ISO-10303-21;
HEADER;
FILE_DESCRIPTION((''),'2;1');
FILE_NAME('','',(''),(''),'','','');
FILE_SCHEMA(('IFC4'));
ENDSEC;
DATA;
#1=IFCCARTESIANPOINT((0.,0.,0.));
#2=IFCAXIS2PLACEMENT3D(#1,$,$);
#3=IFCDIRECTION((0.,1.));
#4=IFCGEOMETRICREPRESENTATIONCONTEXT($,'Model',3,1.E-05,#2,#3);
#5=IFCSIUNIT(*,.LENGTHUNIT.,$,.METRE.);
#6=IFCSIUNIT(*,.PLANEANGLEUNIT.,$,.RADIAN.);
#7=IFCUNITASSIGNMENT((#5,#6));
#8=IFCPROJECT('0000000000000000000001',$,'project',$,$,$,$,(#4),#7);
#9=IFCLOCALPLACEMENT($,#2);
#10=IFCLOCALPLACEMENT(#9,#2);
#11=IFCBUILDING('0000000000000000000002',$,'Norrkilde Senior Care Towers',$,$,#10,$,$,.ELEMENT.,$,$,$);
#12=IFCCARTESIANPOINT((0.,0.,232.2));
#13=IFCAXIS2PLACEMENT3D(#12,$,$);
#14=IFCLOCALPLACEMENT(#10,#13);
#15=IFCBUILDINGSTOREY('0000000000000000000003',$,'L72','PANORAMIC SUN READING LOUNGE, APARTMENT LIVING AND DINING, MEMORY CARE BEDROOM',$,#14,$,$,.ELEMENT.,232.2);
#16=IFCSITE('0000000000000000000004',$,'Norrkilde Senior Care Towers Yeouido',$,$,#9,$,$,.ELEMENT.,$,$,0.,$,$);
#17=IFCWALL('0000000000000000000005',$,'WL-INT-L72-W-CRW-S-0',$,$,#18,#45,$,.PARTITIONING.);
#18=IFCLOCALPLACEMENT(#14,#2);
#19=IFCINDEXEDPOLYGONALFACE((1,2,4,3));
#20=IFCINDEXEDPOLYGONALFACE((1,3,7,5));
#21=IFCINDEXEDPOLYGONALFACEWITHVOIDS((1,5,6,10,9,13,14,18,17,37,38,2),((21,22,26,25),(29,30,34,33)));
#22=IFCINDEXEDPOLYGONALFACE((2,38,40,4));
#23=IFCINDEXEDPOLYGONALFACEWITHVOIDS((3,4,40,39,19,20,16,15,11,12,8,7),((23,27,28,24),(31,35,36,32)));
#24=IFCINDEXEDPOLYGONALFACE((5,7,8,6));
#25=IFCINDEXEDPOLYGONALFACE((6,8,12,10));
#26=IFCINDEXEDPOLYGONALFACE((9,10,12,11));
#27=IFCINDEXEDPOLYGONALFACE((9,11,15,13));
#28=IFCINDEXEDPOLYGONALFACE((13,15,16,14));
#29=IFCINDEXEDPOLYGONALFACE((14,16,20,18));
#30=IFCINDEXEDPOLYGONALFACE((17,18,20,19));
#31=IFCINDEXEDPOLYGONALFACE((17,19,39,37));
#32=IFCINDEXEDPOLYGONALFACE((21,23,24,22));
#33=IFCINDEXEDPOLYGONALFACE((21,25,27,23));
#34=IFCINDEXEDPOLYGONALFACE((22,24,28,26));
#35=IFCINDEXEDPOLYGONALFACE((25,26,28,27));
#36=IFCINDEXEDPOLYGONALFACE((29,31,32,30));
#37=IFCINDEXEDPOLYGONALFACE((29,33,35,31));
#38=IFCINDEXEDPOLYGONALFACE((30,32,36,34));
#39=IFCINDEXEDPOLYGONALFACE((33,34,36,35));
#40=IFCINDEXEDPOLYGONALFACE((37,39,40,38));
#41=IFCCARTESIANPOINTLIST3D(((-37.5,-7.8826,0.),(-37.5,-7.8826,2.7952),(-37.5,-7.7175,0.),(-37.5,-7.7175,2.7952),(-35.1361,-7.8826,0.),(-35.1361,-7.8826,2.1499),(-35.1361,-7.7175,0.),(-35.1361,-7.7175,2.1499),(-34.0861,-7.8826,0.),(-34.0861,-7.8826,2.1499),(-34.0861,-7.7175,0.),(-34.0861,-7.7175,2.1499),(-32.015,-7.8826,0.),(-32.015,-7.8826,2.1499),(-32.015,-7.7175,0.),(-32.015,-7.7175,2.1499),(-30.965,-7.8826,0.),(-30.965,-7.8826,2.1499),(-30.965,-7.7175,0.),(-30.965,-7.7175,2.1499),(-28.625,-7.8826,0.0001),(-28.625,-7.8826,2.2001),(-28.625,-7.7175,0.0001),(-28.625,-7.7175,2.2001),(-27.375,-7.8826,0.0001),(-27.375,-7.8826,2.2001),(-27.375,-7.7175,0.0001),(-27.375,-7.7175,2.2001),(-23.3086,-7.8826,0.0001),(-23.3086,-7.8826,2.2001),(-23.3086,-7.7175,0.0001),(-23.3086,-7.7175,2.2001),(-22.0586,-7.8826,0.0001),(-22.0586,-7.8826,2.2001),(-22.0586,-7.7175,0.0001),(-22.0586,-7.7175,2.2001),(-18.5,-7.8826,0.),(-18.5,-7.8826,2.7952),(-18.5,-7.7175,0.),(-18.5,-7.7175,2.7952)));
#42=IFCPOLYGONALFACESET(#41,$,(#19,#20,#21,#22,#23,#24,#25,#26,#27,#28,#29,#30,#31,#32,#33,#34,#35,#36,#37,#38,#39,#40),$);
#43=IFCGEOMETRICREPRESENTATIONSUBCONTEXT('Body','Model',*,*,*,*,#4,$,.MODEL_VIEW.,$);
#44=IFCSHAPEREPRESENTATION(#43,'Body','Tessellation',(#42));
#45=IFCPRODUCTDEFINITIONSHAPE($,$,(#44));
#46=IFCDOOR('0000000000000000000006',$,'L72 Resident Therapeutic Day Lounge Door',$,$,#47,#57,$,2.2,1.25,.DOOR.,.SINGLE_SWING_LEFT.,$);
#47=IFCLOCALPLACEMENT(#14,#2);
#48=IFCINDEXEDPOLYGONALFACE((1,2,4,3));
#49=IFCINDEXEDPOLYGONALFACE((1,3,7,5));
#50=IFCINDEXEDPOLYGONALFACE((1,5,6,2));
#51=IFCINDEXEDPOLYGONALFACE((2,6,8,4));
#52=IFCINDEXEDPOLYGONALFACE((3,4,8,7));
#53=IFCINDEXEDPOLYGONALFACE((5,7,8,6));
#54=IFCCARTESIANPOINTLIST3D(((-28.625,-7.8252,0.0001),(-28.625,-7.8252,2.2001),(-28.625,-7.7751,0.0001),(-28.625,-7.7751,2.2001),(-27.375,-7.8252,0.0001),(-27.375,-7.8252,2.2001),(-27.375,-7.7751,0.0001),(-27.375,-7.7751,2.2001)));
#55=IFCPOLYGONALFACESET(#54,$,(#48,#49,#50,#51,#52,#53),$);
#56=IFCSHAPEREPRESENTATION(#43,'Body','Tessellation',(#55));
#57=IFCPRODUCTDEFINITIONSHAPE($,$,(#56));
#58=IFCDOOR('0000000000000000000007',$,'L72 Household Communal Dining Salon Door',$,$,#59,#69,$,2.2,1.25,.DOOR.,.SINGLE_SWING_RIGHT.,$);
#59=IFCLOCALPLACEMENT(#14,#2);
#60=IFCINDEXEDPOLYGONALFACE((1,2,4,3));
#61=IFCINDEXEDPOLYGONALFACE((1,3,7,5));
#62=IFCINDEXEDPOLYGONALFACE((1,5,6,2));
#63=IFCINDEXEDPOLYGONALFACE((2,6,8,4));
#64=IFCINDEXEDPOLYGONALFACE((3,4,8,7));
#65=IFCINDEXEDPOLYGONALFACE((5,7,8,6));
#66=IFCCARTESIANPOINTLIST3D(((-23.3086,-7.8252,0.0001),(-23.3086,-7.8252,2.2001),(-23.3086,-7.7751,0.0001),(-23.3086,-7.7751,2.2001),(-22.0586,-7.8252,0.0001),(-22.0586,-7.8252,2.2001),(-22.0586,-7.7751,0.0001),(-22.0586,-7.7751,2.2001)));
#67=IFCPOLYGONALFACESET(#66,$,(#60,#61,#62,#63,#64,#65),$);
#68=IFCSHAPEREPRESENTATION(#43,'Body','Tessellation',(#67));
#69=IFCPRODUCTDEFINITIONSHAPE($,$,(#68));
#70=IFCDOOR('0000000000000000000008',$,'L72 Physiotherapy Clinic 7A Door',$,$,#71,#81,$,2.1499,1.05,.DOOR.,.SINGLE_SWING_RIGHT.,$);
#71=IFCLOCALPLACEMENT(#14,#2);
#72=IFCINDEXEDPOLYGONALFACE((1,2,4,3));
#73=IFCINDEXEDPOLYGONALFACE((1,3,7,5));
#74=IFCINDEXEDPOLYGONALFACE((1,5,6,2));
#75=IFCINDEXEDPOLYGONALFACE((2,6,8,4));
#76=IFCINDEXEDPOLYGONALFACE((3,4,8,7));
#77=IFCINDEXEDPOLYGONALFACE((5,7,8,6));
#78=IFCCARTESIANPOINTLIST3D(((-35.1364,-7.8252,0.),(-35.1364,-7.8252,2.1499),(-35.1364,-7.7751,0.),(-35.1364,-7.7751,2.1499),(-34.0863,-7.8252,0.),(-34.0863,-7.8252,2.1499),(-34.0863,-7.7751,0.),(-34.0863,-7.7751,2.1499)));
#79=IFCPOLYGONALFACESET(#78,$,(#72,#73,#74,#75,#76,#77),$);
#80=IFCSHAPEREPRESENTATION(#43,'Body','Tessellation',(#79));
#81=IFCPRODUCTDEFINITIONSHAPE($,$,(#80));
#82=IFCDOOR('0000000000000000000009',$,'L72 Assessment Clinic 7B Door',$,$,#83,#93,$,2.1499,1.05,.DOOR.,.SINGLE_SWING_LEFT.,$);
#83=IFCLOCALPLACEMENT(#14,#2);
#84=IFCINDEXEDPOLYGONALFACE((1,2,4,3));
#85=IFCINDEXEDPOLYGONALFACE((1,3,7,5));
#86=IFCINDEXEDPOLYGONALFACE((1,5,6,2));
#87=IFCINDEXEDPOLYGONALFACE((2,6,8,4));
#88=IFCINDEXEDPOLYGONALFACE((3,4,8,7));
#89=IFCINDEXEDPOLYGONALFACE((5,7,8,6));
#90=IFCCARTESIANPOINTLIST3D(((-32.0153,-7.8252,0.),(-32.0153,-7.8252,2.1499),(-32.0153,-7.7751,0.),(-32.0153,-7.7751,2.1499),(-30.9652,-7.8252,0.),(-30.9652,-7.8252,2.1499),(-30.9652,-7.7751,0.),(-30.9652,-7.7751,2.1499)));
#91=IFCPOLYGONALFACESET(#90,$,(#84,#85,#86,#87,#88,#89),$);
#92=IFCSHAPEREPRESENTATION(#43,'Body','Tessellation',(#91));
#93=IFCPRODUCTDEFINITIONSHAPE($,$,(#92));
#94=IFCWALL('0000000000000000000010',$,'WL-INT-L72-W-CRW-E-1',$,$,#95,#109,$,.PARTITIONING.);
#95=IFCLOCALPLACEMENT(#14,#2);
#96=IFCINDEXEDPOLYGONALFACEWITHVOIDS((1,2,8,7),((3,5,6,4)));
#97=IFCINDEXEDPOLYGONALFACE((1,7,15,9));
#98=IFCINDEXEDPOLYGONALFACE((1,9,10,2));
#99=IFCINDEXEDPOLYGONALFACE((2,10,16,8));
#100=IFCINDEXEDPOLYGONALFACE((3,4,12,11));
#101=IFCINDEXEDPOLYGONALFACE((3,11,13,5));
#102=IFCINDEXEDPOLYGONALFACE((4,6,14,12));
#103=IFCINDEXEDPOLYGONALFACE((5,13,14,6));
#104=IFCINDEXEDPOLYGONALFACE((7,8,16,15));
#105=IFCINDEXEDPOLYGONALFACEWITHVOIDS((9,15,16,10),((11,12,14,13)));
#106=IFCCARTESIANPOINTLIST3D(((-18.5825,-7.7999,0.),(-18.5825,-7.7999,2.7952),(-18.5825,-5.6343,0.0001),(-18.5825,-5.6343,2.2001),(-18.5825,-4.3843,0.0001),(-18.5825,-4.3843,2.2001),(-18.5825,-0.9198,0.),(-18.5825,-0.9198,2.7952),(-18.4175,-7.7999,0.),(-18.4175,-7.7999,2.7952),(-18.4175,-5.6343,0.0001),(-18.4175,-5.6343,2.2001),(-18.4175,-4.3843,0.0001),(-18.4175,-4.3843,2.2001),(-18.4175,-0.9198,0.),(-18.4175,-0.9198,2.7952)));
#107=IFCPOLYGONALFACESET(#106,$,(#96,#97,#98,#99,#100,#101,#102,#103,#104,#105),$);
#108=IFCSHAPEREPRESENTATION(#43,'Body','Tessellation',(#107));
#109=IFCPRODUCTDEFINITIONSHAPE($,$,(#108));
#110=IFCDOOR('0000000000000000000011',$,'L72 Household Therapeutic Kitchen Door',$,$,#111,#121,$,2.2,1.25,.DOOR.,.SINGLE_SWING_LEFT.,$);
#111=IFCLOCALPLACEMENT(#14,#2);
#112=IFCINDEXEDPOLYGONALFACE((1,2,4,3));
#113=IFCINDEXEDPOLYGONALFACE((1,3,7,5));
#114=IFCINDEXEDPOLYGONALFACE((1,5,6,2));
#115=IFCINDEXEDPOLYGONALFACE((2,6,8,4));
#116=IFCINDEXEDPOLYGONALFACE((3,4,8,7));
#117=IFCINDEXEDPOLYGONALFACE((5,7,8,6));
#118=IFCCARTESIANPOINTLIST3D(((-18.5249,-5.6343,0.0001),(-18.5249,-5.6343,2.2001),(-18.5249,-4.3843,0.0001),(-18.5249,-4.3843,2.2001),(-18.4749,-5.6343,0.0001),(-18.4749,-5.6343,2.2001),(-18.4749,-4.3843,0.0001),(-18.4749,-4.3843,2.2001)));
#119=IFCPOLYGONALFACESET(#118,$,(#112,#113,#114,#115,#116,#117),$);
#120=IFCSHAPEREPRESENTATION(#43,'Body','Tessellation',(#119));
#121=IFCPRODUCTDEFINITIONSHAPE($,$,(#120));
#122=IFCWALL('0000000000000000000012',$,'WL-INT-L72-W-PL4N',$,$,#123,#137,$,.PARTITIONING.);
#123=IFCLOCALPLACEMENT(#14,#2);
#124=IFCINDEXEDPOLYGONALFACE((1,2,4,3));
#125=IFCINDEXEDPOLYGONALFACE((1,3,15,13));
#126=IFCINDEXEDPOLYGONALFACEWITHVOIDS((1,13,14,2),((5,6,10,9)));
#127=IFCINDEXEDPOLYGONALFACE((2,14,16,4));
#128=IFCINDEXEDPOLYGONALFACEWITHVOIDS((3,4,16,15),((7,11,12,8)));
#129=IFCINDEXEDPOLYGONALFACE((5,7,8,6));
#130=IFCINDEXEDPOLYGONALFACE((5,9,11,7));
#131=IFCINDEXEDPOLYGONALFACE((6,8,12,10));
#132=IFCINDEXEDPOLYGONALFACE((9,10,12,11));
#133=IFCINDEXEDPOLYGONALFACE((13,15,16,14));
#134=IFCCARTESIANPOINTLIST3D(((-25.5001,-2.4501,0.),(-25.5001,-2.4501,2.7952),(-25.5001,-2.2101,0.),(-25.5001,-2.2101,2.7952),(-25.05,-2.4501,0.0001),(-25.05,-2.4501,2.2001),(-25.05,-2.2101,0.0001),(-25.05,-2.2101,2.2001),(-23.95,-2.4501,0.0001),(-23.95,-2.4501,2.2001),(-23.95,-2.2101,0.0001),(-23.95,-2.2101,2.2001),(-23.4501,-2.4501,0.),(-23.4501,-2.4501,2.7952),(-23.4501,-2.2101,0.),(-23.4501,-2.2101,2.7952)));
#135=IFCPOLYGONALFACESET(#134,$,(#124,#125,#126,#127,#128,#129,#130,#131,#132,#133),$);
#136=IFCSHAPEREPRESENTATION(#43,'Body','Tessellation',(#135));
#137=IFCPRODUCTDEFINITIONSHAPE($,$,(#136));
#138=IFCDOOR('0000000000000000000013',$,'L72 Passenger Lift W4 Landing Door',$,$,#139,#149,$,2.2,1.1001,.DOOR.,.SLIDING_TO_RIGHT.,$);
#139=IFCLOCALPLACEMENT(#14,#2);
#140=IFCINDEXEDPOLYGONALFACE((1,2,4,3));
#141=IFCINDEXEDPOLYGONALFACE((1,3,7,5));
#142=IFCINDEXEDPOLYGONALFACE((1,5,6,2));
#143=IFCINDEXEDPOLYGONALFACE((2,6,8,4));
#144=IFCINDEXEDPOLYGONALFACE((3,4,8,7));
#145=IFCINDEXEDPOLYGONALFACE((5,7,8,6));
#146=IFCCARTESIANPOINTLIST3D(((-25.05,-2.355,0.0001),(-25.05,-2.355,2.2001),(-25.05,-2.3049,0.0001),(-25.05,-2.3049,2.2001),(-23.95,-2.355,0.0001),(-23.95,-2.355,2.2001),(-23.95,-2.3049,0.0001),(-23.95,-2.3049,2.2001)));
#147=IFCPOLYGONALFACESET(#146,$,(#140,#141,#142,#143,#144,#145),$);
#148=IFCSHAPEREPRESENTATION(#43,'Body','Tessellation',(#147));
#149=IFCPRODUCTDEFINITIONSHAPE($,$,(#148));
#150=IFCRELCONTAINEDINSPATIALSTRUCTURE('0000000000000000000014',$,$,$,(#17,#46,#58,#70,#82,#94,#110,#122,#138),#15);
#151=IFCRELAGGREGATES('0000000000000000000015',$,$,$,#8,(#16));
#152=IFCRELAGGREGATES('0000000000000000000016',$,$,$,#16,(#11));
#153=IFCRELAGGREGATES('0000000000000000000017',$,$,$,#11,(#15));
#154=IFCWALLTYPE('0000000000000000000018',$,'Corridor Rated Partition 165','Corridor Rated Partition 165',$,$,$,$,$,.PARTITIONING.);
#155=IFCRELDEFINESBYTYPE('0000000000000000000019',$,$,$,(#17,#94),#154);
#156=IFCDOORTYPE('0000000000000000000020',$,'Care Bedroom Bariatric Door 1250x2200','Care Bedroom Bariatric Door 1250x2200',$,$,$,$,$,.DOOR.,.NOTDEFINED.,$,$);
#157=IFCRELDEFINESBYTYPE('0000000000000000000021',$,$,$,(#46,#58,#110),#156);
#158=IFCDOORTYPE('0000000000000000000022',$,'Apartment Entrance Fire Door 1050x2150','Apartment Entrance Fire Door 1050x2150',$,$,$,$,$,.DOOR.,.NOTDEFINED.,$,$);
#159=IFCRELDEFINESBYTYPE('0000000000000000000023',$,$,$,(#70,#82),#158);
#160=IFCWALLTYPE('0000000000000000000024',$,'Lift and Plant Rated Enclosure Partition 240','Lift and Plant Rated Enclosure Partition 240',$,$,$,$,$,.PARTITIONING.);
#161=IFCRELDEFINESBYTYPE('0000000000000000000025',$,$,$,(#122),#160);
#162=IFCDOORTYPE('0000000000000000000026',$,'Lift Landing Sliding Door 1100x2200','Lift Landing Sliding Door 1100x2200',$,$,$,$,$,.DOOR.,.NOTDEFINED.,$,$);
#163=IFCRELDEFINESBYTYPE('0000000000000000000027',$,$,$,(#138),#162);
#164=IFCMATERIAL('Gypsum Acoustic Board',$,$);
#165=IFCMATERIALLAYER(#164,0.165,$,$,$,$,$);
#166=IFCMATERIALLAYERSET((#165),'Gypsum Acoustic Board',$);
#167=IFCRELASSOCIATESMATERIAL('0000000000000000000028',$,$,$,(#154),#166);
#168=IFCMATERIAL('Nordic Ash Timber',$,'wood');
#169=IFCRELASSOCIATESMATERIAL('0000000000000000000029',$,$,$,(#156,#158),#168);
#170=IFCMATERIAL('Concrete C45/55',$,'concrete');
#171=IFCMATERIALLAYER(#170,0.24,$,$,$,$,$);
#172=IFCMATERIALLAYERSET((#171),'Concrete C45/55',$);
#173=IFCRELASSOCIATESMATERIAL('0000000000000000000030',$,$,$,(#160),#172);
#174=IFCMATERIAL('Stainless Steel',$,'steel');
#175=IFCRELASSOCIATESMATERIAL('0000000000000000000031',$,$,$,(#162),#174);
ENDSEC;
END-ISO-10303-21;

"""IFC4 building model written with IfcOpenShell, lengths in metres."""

from ifc_helpers import new_model, si_unit, direction, frame, frame_2d, origin, place, context, subcontext, project, spatial, rectangle, extrude, source, transform, mapped, material, layer, layer_set, type_object, type_shapes, element, fill, save


model = new_model("IFC4")

# Units and contexts
model_context = context("Model", 3, precision=1e-05, world=origin(), true_north=direction((0.0, 1.0)))
body_context = subcontext(model_context, "Body", "Model", "MODEL_VIEW")
ifc_project = project(units=[si_unit("LENGTHUNIT", "METRE"), si_unit("PLANEANGLEUNIT", "RADIAN")], contexts=[model_context])

# Site, building, storey
site_placement = place(None, origin())
site = spatial("IfcSite", under=ifc_project, at=site_placement, Name="Norrkilde Senior Care Towers Yeouido", CompositionType="ELEMENT", RefElevation=0.0)
building_placement = place(site_placement, origin())
building = spatial("IfcBuilding", under=site, at=building_placement, Name="Norrkilde Senior Care Towers", CompositionType="ELEMENT")
storey_placement = place(building_placement, frame((0.0, 0.0, 232.2)))
storey = spatial("IfcBuildingStorey", under=building, at=storey_placement, Name="L72", Description="PANORAMIC SUN READING LOUNGE, APARTMENT LIVING AND DINING, MEMORY CARE BEDROOM", CompositionType="ELEMENT", Elevation=232.2)

# Shared definitions
ifc_material_1 = material(Name="Concrete C45/55", Category="concrete")

# Shared definitions
ifc_material_2 = material(Name="Gypsum Acoustic Board")
ifc_layer_1 = layer(ifc_material_2, 0.165)
ifc_layer_set_1 = layer_set([ifc_layer_1], Name="Gypsum Acoustic Board")
wall_type_1 = type_object("IfcWallType", Name="Corridor Rated Partition 165", Description="Corridor Rated Partition 165", PredefinedType="PARTITIONING", material=ifc_layer_set_1)

# Wall, openings, doors
shared_shape_1 = source(origin(), body_context, "Body", "SweptSolid", [
    extrude(rectangle(XDim=19.0, YDim=0.165, at=frame_2d((9.5, 0.0))), origin(), (0.0, 0.0, 1.0), 2.7952),
])
wall_1_placement = place(storey_placement, frame((-18.5, -7.8, 0.0), z_axis=(0.0, 0.0, 1.0), x_axis=(-1.0, 0.0, 0.0)))
wall_1 = element("IfcWall", 1, at=wall_1_placement, inside=storey, type_object=wall_type_1, Name="WL-INT-L72-W-CRW-S-0", PredefinedType="PARTITIONING", context=body_context, shape_type="MappedRepresentation", body=[
    mapped(shared_shape_1, transform((0.0, 0.0, 0.0), x_axis=(1.0, 0.0, 0.0), y_axis=(0.0, 1.0, 0.0), z_axis=(0.0, 0.0, 1.0), scale=1.0)),
])
opening_1_placement = place(wall_1_placement, frame((15.5862, 0.0, 0.0)))
opening_1 = element("IfcOpeningElement", 2, at=opening_1_placement, cuts=wall_1, PredefinedType="OPENING", context=body_context, shape_type="SweptSolid", body=[
    extrude(rectangle(XDim=1.05, YDim=2.1499, at=frame_2d((0.5249, 1.075))), frame((0.0, 0.0925, 0.0), z_axis=(0.0, -1.0, 0.0), x_axis=(1.0, 0.0, 0.0)), (0.0, 0.0, 1.0), 0.1851),
])
opening_2_placement = place(wall_1_placement, frame((12.4651, 0.0, 0.0)))
opening_2 = element("IfcOpeningElement", 3, at=opening_2_placement, cuts=wall_1, PredefinedType="OPENING", context=body_context, shape_type="SweptSolid", body=[
    extrude(rectangle(XDim=1.05, YDim=2.1499, at=frame_2d((0.5249, 1.075))), frame((0.0, 0.0925, 0.0), z_axis=(0.0, -1.0, 0.0), x_axis=(1.0, 0.0, 0.0)), (0.0, 0.0, 1.0), 0.1851),
])
opening_3_placement = place(wall_1_placement, frame((8.875, 0.0, 0.0)))
opening_3 = element("IfcOpeningElement", 4, at=opening_3_placement, cuts=wall_1, PredefinedType="OPENING", context=body_context, shape_type="SweptSolid", body=[
    extrude(rectangle(XDim=1.25, YDim=2.2, at=frame_2d((0.625, 1.1001))), frame((0.0, 0.0925, 0.0), z_axis=(0.0, -1.0, 0.0), x_axis=(1.0, 0.0, 0.0)), (0.0, 0.0, 1.0), 0.1851),
])
opening_4_placement = place(wall_1_placement, frame((3.5586, 0.0, 0.0)))
opening_4 = element("IfcOpeningElement", 5, at=opening_4_placement, cuts=wall_1, PredefinedType="OPENING", context=body_context, shape_type="SweptSolid", body=[
    extrude(rectangle(XDim=1.25, YDim=2.2, at=frame_2d((0.625, 1.1001))), frame((0.0, 0.0925, 0.0), z_axis=(0.0, -1.0, 0.0), x_axis=(1.0, 0.0, 0.0)), (0.0, 0.0, 1.0), 0.1851),
])
ifc_material_3 = material(Name="Nordic Ash Timber", Category="wood")
door_type_1 = type_object("IfcDoorType", Name="Care Bedroom Bariatric Door 1250x2200", Description="Care Bedroom Bariatric Door 1250x2200", OperationType="NOTDEFINED", PredefinedType="DOOR", material=ifc_material_3)
shared_shape_2 = source(origin(), body_context, "Body", "SweptSolid", [
    extrude(rectangle(XDim=1.25, YDim=2.2, at=frame_2d((0.625, 1.1001))), frame((0.0, 0.0249, 0.0), z_axis=(0.0, -1.0, 0.0), x_axis=(1.0, 0.0, 0.0)), (0.0, 0.0, 1.0), 0.05),
])
type_shapes(door_type_1, [shared_shape_2])
door_1_placement = place(opening_3_placement, frame((1.25, 0.0, 0.0), z_axis=(0.0, 0.0, 1.0), x_axis=(-1.0, 0.0, 0.0)))
door_1 = element("IfcDoor", 6, at=door_1_placement, inside=storey, type_object=door_type_1, Name="L72 Resident Therapeutic Day Lounge Door", OperationType="SINGLE_SWING_LEFT", OverallHeight=2.2, OverallWidth=1.25, PredefinedType="DOOR", context=body_context, shape_type="MappedRepresentation", body=[
    mapped(shared_shape_2, transform((0.0, 0.0, 0.0), x_axis=(1.0, 0.0, 0.0), y_axis=(0.0, 1.0, 0.0), z_axis=(0.0, 0.0, 1.0), scale=1.0)),
])
fill(opening_3, door_1)
door_2_placement = place(opening_4_placement, frame((1.25, 0.0, 0.0), z_axis=(0.0, 0.0, 1.0), x_axis=(-1.0, 0.0, 0.0)))
door_2 = element("IfcDoor", 7, at=door_2_placement, inside=storey, type_object=door_type_1, Name="L72 Household Communal Dining Salon Door", OperationType="SINGLE_SWING_RIGHT", OverallHeight=2.2, OverallWidth=1.25, PredefinedType="DOOR", context=body_context, shape_type="MappedRepresentation", body=[
    mapped(shared_shape_2, transform((0.0, 0.0, 0.0), x_axis=(1.0, 0.0, 0.0), y_axis=(0.0, 1.0, 0.0), z_axis=(0.0, 0.0, 1.0), scale=1.0)),
])
fill(opening_4, door_2)
door_type_2 = type_object("IfcDoorType", Name="Apartment Entrance Fire Door 1050x2150", Description="Apartment Entrance Fire Door 1050x2150", OperationType="NOTDEFINED", PredefinedType="DOOR", material=ifc_material_3)
shared_shape_3 = source(origin(), body_context, "Body", "SweptSolid", [
    extrude(rectangle(XDim=1.05, YDim=2.1499, at=frame_2d((0.5249, 1.075))), frame((0.0, 0.0249, 0.0), z_axis=(0.0, -1.0, 0.0), x_axis=(1.0, 0.0, 0.0)), (0.0, 0.0, 1.0), 0.05),
])
type_shapes(door_type_2, [shared_shape_3])
door_3_placement = place(opening_1_placement, frame((1.05, 0.0, 0.0), z_axis=(0.0, 0.0, 1.0), x_axis=(-1.0, 0.0, 0.0)))
door_3 = element("IfcDoor", 8, at=door_3_placement, inside=storey, type_object=door_type_2, Name="L72 Physiotherapy Clinic 7A Door", OperationType="SINGLE_SWING_RIGHT", OverallHeight=2.1499, OverallWidth=1.05, PredefinedType="DOOR", context=body_context, shape_type="MappedRepresentation", body=[
    mapped(shared_shape_3, transform((0.0, 0.0, 0.0), x_axis=(1.0, 0.0, 0.0), y_axis=(0.0, 1.0, 0.0), z_axis=(0.0, 0.0, 1.0), scale=1.0)),
])
fill(opening_1, door_3)
door_4_placement = place(opening_2_placement, frame((1.05, 0.0, 0.0), z_axis=(0.0, 0.0, 1.0), x_axis=(-1.0, 0.0, 0.0)))
door_4 = element("IfcDoor", 9, at=door_4_placement, inside=storey, type_object=door_type_2, Name="L72 Assessment Clinic 7B Door", OperationType="SINGLE_SWING_LEFT", OverallHeight=2.1499, OverallWidth=1.05, PredefinedType="DOOR", context=body_context, shape_type="MappedRepresentation", body=[
    mapped(shared_shape_3, transform((0.0, 0.0, 0.0), x_axis=(1.0, 0.0, 0.0), y_axis=(0.0, 1.0, 0.0), z_axis=(0.0, 0.0, 1.0), scale=1.0)),
])
fill(opening_2, door_4)

# Walls, openings, doors
shared_shape_4 = source(origin(), body_context, "Body", "SweptSolid", [
    extrude(rectangle(XDim=6.8801, YDim=0.165, at=frame_2d((3.4399, 0.0))), origin(), (0.0, 0.0, 1.0), 2.7952),
])
wall_2_placement = place(storey_placement, frame((-18.5, -0.9199, 0.0), z_axis=(0.0, 0.0, 1.0), x_axis=(0.0, -1.0, 0.0)))
wall_2 = element("IfcWall", 10, at=wall_2_placement, inside=storey, type_object=wall_type_1, Name="WL-INT-L72-W-CRW-E-1", PredefinedType="PARTITIONING", context=body_context, shape_type="MappedRepresentation", body=[
    mapped(shared_shape_4, transform((0.0, 0.0, 0.0), x_axis=(1.0, 0.0, 0.0), y_axis=(0.0, 1.0, 0.0), z_axis=(0.0, 0.0, 1.0), scale=1.0)),
])
opening_5_placement = place(wall_2_placement, frame((3.4644, 0.0, 0.0)))
opening_5 = element("IfcOpeningElement", 11, at=opening_5_placement, cuts=wall_2, PredefinedType="OPENING", context=body_context, shape_type="SweptSolid", body=[
    extrude(rectangle(XDim=1.25, YDim=2.2, at=frame_2d((0.625, 1.1001))), frame((0.0, 0.0925, 0.0), z_axis=(0.0, -1.0, 0.0), x_axis=(1.0, 0.0, 0.0)), (0.0, 0.0, 1.0), 0.1851),
])
door_5_placement = place(opening_5_placement, frame((1.25, 0.0, 0.0), z_axis=(0.0, 0.0, 1.0), x_axis=(-1.0, 0.0, 0.0)))
door_5 = element("IfcDoor", 12, at=door_5_placement, inside=storey, type_object=door_type_1, Name="L72 Household Therapeutic Kitchen Door", OperationType="SINGLE_SWING_LEFT", OverallHeight=2.2, OverallWidth=1.25, PredefinedType="DOOR", context=body_context, shape_type="MappedRepresentation", body=[
    mapped(shared_shape_2, transform((0.0, 0.0, 0.0), x_axis=(1.0, 0.0, 0.0), y_axis=(0.0, 1.0, 0.0), z_axis=(0.0, 0.0, 1.0), scale=1.0)),
])
fill(opening_5, door_5)
ifc_layer_2 = layer(ifc_material_1, 0.24)
ifc_layer_set_2 = layer_set([ifc_layer_2], Name="Concrete C45/55")
wall_type_2 = type_object("IfcWallType", Name="Lift and Plant Rated Enclosure Partition 240", Description="Lift and Plant Rated Enclosure Partition 240", PredefinedType="PARTITIONING", material=ifc_layer_set_2)
shared_shape_5 = source(origin(), body_context, "Body", "SweptSolid", [
    extrude(rectangle(XDim=2.05, YDim=0.24, at=frame_2d((1.0249, 0.0))), origin(), (0.0, 0.0, 1.0), 2.7952),
])
type_shapes(wall_type_2, [shared_shape_5])
wall_3_placement = place(storey_placement, frame((-25.5, -2.3301, 0.0), z_axis=(0.0, 0.0, 1.0), x_axis=(1.0, 0.0, 0.0)))
wall_3 = element("IfcWall", 13, at=wall_3_placement, inside=storey, type_object=wall_type_2, Name="WL-INT-L72-W-PL4N", PredefinedType="PARTITIONING", context=body_context, shape_type="MappedRepresentation", body=[
    mapped(shared_shape_5, transform((0.0, 0.0, 0.0), x_axis=(1.0, 0.0, 0.0), y_axis=(0.0, 1.0, 0.0), z_axis=(0.0, 0.0, 1.0), scale=1.0)),
])
opening_6_placement = place(wall_3_placement, frame((0.45, 0.0, 0.0)))
opening_6 = element("IfcOpeningElement", 14, at=opening_6_placement, cuts=wall_3, PredefinedType="OPENING", context=body_context, shape_type="SweptSolid", body=[
    extrude(rectangle(XDim=1.1001, YDim=2.2, at=frame_2d((0.55, 1.1001))), frame((0.0, 0.1299, 0.0), z_axis=(0.0, -1.0, 0.0), x_axis=(1.0, 0.0, 0.0)), (0.0, 0.0, 1.0), 0.26),
])
ifc_material_4 = material(Name="Stainless Steel", Category="steel")
door_type_3 = type_object("IfcDoorType", Name="Lift Landing Sliding Door 1100x2200", Description="Lift Landing Sliding Door 1100x2200", OperationType="NOTDEFINED", PredefinedType="DOOR", material=ifc_material_4)
shared_shape_6 = source(origin(), body_context, "Body", "SweptSolid", [
    extrude(rectangle(XDim=1.1001, YDim=2.2, at=frame_2d((0.55, 1.1001))), frame((0.0, 0.0249, 0.0), z_axis=(0.0, -1.0, 0.0), x_axis=(1.0, 0.0, 0.0)), (0.0, 0.0, 1.0), 0.05),
])
type_shapes(door_type_3, [shared_shape_6])
door_6_placement = place(opening_6_placement, frame((1.1001, 0.0, 0.0), z_axis=(0.0, 0.0, 1.0), x_axis=(-1.0, 0.0, 0.0)))
door_6 = element("IfcDoor", 15, at=door_6_placement, inside=storey, type_object=door_type_3, Name="L72 Passenger Lift W4 Landing Door", OperationType="SLIDING_TO_RIGHT", OverallHeight=2.2, OverallWidth=1.1001, PredefinedType="DOOR", context=body_context, shape_type="MappedRepresentation", body=[
    mapped(shared_shape_6, transform((0.0, 0.0, 0.0), x_axis=(1.0, 0.0, 0.0), y_axis=(0.0, 1.0, 0.0), z_axis=(0.0, 0.0, 1.0), scale=1.0)),
])
fill(opening_6, door_6)

save(model, "model.ifc")
